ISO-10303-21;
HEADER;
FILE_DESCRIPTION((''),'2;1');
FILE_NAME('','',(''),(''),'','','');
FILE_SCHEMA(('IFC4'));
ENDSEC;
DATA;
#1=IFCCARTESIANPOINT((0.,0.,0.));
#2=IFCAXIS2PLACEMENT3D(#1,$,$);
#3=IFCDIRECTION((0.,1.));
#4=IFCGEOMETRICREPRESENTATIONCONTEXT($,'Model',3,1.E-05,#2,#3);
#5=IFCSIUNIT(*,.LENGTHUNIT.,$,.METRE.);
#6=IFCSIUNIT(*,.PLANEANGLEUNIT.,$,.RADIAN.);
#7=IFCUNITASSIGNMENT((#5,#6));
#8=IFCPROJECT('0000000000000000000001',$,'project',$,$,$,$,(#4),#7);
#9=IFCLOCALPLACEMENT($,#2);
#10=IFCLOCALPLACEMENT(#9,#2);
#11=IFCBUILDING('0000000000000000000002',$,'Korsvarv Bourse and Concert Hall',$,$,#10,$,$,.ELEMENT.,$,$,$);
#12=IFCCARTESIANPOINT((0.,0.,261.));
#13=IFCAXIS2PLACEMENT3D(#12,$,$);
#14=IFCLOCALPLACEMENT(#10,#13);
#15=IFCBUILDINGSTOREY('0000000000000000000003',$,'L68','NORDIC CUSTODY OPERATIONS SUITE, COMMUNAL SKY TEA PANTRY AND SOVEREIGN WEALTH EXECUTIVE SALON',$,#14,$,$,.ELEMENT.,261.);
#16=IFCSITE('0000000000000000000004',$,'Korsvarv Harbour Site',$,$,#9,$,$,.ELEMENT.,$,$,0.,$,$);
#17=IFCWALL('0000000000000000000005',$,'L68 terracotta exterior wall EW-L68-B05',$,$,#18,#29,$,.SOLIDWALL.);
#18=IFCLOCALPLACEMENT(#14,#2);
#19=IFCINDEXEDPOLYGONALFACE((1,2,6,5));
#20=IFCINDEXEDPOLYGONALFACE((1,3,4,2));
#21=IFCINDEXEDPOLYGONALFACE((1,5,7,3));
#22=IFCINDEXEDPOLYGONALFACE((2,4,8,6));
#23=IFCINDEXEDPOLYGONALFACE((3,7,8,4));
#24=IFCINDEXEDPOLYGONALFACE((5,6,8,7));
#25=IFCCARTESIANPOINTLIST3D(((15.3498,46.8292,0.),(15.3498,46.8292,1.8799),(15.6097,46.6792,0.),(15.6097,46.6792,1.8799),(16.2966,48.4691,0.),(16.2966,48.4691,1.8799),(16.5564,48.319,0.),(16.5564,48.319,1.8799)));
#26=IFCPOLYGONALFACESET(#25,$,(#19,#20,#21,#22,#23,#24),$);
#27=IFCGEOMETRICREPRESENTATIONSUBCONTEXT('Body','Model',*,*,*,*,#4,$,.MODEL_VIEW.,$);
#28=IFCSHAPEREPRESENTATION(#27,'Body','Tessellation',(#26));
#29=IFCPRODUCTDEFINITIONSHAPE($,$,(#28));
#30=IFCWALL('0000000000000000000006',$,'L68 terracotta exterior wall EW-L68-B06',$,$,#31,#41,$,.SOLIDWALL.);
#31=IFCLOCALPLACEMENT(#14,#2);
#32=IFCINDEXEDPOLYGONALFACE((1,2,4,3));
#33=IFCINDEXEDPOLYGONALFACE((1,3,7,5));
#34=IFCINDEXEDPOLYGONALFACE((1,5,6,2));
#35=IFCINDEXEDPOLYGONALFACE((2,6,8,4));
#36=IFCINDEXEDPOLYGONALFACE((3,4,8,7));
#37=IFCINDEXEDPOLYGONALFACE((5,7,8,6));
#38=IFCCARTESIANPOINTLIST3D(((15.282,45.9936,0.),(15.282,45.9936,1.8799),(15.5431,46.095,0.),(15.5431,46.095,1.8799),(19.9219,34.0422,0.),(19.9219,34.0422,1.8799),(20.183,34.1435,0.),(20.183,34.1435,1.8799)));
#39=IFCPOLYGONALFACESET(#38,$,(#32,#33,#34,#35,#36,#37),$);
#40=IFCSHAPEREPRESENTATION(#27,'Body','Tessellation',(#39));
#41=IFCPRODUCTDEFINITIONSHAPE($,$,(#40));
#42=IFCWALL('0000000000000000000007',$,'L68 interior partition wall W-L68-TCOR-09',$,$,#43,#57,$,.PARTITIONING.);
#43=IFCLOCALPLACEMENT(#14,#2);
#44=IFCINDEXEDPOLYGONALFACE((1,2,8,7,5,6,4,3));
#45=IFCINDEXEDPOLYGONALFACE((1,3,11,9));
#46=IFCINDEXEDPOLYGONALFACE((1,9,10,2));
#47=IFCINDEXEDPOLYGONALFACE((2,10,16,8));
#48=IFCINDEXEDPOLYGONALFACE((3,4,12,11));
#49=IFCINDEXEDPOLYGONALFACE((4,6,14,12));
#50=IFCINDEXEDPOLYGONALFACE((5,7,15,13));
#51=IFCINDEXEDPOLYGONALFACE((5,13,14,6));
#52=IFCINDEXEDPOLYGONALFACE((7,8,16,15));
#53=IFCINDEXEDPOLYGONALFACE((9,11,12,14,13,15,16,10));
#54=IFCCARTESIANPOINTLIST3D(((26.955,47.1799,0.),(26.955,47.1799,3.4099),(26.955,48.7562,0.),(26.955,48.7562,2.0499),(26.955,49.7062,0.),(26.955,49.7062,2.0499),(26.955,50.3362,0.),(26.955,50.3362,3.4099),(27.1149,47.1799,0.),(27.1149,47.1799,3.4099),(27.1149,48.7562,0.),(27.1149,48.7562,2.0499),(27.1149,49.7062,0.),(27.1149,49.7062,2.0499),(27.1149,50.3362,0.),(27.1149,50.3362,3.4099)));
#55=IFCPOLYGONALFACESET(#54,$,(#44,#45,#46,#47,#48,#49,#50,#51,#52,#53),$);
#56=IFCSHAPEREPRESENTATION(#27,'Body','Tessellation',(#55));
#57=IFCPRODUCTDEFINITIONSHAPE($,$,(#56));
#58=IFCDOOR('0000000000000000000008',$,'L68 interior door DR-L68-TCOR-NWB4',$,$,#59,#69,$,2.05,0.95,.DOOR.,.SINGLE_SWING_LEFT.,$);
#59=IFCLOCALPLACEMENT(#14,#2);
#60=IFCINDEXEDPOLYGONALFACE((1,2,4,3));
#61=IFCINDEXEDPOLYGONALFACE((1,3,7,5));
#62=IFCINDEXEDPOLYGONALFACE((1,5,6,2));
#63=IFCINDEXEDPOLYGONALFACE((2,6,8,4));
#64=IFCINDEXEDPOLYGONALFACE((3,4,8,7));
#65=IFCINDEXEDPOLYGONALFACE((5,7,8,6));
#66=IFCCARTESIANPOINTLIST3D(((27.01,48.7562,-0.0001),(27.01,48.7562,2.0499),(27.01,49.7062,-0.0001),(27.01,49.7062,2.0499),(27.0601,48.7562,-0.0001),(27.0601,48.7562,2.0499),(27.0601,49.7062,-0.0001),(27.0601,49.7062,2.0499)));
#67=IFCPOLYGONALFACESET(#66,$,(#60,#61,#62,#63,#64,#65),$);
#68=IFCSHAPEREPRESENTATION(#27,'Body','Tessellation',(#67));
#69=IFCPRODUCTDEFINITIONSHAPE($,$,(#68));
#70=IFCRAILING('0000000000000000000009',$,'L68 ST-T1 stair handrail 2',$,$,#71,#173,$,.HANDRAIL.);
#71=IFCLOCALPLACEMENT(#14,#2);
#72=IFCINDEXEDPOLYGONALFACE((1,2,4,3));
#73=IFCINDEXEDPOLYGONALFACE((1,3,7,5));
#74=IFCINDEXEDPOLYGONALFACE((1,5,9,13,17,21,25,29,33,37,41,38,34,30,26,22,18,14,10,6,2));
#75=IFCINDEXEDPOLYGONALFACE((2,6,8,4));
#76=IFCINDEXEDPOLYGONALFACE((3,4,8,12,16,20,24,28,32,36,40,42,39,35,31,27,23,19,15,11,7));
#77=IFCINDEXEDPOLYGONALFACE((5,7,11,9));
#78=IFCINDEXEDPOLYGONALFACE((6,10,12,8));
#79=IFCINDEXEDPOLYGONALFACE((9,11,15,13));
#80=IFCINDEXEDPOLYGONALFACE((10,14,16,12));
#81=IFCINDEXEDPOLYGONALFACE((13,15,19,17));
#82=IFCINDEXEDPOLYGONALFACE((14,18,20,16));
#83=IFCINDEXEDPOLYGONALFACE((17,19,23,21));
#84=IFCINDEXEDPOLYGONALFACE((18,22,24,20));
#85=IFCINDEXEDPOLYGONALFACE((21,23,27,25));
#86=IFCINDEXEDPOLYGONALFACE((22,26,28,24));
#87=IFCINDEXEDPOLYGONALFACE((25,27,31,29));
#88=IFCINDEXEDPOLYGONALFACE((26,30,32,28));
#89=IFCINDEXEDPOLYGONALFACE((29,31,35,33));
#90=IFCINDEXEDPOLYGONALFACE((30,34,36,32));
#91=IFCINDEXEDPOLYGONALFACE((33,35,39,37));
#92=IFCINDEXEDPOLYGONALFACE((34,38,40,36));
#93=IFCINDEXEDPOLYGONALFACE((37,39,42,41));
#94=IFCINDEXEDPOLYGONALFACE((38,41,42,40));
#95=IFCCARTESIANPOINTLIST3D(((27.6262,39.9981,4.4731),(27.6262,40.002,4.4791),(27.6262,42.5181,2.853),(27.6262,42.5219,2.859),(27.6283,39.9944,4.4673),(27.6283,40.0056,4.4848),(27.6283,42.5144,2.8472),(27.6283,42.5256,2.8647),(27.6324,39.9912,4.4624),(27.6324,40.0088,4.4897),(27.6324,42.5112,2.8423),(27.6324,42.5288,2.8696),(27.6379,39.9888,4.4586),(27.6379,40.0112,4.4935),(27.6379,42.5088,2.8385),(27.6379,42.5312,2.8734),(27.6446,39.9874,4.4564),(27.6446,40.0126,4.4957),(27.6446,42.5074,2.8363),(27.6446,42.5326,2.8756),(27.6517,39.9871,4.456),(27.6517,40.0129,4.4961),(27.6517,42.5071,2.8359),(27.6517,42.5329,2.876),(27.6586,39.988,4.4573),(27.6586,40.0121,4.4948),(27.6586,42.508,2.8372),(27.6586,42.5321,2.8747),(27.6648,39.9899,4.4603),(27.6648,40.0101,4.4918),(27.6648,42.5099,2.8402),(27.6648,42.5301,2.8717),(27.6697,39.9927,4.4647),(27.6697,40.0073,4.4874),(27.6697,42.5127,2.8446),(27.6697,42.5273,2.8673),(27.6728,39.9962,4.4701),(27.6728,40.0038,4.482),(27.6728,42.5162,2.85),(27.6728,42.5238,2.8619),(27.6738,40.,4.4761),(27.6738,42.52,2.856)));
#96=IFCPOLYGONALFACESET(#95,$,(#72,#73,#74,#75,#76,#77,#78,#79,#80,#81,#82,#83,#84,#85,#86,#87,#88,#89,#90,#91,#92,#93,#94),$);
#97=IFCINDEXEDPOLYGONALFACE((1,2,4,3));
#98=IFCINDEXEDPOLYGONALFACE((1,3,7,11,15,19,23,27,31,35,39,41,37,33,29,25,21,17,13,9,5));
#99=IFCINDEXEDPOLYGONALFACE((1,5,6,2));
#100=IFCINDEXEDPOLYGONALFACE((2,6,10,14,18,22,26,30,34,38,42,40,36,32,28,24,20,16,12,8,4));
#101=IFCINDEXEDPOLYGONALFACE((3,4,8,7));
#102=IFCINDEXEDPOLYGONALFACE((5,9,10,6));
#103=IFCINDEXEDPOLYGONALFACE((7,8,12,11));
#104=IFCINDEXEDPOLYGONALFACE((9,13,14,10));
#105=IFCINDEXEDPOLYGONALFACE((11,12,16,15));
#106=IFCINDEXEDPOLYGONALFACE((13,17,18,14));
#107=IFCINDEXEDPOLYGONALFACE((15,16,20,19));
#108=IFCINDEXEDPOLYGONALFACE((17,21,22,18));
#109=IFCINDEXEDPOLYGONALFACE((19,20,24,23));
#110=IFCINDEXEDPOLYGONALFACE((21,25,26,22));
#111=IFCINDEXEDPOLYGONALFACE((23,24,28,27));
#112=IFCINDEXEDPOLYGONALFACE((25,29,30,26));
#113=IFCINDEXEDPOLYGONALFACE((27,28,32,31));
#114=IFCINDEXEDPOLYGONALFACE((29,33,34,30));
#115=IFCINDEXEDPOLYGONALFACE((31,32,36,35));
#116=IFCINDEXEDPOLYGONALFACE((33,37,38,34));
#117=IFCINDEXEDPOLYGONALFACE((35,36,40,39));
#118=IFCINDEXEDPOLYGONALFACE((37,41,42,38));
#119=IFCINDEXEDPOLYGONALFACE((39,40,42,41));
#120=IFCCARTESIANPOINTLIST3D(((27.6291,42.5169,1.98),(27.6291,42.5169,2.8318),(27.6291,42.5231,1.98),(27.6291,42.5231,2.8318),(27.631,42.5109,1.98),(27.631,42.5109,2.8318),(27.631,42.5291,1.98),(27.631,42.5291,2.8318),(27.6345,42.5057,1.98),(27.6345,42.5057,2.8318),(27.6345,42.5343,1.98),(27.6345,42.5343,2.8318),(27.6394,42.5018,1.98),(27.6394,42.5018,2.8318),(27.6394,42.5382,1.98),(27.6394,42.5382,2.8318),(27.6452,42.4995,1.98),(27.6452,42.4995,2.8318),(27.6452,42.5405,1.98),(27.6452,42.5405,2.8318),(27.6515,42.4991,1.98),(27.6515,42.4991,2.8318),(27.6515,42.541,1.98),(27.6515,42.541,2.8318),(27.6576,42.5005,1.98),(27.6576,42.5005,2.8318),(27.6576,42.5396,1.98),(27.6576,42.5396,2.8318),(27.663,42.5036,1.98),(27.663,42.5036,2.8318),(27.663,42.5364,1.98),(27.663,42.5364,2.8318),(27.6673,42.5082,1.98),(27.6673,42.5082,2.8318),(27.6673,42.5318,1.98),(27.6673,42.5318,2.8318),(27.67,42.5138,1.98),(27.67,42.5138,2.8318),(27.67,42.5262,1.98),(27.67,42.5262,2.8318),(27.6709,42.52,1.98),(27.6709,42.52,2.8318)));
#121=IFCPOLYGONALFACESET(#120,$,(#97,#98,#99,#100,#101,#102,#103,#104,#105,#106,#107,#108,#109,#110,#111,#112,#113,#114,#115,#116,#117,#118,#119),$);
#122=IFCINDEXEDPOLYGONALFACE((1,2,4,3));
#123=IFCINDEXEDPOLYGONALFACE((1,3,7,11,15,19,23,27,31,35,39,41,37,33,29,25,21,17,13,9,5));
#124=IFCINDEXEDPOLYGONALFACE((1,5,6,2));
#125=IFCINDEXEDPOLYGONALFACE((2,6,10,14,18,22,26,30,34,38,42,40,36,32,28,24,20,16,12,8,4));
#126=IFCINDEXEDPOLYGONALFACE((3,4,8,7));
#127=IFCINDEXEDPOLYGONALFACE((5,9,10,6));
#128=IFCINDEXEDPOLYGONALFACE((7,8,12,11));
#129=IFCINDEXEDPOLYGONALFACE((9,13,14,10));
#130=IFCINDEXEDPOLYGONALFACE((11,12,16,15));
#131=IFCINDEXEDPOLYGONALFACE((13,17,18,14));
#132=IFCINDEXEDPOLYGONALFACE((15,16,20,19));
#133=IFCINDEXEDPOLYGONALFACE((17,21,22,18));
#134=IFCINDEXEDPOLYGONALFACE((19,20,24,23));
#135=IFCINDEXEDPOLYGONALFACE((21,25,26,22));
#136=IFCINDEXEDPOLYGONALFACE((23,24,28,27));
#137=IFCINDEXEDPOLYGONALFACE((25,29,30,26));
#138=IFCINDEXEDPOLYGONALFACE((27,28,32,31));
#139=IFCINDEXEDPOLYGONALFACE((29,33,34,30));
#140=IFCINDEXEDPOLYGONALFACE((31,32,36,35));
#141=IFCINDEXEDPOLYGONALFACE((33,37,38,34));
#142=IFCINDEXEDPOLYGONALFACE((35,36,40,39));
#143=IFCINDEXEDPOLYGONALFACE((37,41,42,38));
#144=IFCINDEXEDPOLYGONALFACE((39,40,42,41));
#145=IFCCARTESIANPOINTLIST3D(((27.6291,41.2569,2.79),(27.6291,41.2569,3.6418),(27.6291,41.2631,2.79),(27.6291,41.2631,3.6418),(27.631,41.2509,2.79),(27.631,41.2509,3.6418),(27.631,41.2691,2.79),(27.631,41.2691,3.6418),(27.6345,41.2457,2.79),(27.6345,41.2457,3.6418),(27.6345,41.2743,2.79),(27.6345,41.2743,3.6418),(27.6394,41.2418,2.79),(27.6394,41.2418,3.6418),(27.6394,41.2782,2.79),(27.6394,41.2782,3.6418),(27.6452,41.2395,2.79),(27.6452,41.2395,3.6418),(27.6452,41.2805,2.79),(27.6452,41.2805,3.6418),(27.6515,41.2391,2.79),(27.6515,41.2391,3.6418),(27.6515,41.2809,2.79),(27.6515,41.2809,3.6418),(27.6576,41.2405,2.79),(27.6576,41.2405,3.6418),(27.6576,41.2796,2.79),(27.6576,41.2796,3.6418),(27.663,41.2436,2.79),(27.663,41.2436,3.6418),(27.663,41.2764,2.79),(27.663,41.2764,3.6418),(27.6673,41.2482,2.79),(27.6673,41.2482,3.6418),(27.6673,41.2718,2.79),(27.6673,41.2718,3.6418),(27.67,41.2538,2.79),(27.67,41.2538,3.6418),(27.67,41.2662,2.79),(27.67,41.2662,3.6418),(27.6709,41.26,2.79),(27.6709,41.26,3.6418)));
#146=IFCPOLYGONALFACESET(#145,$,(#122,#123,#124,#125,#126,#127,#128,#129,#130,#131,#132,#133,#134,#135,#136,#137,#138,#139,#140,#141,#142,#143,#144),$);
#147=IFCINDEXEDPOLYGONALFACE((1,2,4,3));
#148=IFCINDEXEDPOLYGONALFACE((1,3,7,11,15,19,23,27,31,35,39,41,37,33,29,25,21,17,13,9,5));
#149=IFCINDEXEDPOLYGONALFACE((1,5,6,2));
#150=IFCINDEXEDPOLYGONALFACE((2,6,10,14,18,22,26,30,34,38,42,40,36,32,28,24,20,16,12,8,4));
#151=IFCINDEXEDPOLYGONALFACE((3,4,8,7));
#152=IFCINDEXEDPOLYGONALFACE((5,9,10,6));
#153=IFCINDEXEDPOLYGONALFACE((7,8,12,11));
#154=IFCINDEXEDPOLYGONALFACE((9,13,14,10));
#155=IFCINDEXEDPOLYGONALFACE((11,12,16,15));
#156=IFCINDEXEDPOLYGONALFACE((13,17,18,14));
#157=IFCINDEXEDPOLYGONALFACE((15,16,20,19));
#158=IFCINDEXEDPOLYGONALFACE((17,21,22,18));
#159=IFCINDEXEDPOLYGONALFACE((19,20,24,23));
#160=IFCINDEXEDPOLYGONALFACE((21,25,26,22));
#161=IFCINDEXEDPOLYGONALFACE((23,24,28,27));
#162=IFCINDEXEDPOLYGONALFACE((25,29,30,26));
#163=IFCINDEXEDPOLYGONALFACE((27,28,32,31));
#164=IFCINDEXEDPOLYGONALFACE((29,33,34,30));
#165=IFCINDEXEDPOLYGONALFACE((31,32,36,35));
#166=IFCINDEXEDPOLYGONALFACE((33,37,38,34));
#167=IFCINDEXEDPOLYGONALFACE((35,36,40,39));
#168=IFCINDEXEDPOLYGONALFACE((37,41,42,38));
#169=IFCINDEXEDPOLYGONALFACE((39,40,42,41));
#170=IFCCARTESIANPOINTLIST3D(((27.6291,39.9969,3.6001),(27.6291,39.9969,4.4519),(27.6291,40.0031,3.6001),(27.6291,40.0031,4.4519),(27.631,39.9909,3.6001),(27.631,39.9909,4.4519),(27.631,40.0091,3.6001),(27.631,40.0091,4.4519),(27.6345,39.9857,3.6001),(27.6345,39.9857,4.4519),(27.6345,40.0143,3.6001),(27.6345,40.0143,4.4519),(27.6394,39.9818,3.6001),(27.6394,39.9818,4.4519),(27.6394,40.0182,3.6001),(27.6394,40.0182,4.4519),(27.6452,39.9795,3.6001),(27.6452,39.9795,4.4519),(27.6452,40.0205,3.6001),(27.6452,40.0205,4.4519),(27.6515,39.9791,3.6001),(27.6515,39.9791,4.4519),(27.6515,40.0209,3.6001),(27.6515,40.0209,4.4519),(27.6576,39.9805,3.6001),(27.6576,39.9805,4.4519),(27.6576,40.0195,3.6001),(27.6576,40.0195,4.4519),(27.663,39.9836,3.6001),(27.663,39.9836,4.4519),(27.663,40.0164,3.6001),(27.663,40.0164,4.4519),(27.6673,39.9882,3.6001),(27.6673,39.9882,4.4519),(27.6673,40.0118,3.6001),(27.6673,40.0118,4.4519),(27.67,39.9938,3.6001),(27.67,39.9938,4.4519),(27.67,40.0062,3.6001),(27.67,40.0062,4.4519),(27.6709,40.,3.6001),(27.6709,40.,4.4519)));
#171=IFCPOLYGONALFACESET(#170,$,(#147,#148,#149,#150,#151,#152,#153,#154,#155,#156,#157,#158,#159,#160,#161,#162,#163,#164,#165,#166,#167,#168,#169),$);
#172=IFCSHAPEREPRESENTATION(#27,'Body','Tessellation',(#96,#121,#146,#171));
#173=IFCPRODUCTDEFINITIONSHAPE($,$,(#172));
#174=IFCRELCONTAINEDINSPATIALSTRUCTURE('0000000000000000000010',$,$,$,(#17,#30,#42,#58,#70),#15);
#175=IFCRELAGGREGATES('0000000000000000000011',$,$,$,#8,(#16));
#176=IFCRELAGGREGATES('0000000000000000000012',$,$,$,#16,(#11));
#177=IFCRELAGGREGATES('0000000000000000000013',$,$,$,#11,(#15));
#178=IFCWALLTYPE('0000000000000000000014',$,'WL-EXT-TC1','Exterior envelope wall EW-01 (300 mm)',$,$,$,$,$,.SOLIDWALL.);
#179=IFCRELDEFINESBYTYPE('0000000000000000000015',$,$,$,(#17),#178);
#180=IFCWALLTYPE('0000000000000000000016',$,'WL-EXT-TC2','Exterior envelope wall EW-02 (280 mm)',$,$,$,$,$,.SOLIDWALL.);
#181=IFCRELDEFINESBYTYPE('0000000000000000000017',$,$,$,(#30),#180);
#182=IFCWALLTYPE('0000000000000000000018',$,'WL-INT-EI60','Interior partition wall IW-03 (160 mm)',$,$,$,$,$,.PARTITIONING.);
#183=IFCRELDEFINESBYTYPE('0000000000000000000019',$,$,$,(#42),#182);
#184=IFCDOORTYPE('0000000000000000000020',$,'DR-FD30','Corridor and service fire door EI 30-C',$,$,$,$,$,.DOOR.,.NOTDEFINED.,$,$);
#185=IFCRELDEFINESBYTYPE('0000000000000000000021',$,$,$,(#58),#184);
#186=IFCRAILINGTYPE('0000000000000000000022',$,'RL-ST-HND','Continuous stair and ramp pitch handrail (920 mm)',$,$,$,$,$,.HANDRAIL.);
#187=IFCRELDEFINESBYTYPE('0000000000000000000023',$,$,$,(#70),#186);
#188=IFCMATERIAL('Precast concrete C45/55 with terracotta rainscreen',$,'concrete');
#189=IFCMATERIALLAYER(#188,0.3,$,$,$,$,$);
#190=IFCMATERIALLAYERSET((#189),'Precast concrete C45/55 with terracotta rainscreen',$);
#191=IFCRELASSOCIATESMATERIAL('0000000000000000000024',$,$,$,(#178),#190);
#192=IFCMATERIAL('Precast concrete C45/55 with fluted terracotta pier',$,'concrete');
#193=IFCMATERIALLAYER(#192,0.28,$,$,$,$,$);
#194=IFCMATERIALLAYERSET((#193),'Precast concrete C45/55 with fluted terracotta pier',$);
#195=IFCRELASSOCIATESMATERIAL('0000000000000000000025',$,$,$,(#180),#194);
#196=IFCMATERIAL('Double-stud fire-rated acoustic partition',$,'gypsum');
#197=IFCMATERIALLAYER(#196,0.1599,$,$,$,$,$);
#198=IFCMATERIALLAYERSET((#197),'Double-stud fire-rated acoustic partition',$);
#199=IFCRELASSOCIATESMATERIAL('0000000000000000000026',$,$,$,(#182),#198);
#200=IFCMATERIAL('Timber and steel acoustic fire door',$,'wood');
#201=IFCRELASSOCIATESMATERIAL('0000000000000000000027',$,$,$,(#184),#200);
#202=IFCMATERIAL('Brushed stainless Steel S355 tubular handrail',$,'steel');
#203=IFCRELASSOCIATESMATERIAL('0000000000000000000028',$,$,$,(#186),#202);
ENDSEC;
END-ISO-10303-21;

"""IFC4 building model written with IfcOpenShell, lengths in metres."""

from ifc_helpers import new_model, si_unit, direction, frame, frame_2d, origin, origin_2d, place, context, subcontext, project, spatial, rectangle, circle, extrude, material, layer, layer_set, type_object, element, fill, save


model = new_model("IFC4")

# Units and contexts
model_context = context("Model", 3, precision=1e-05, world=origin(), true_north=direction((0.0, 1.0)))
body_context = subcontext(model_context, "Body", "Model", "MODEL_VIEW")
ifc_project = project(units=[si_unit("LENGTHUNIT", "METRE"), si_unit("PLANEANGLEUNIT", "RADIAN")], contexts=[model_context])

# Site, building, storey
site_placement = place(None, origin())
site = spatial("IfcSite", under=ifc_project, at=site_placement, Name="Korsvarv Harbour Site", CompositionType="ELEMENT", RefElevation=0.0)
building_placement = place(site_placement, origin())
building = spatial("IfcBuilding", under=site, at=building_placement, Name="Korsvarv Bourse and Concert Hall", CompositionType="ELEMENT")
storey_placement = place(building_placement, frame((0.0, 0.0, 261.0)))
storey = spatial("IfcBuildingStorey", under=building, at=storey_placement, Name="L68", Description="NORDIC CUSTODY OPERATIONS SUITE, COMMUNAL SKY TEA PANTRY AND SOVEREIGN WEALTH EXECUTIVE SALON", CompositionType="ELEMENT", Elevation=261.0)

# Walls
ifc_material_1 = material(Name="Precast concrete C45/55 with terracotta rainscreen", Category="concrete")
ifc_layer_1 = layer(ifc_material_1, 0.3)
ifc_layer_set_1 = layer_set([ifc_layer_1], Name="Precast concrete C45/55 with terracotta rainscreen")
wall_type_1 = type_object("IfcWallType", Name="WL-EXT-TC1", Description="Exterior envelope wall EW-01 (300 mm)", PredefinedType="SOLIDWALL", material=ifc_layer_set_1)
wall_1_placement = place(storey_placement, frame((16.4265, 48.394, 0.0), z_axis=(0.0, 0.0, 1.0), x_axis=(-0.499994, -0.866029, 0.0)))
element("IfcWall", 1, at=wall_1_placement, inside=storey, type_object=wall_type_1, Name="L68 terracotta exterior wall EW-L68-B05", PredefinedType="SOLIDWALL", context=body_context, shape_type="SweptSolid", body=[
    extrude(rectangle(XDim=1.8936, YDim=0.3, at=frame_2d((0.9468, 0.0))), origin(), (0.0, 0.0, 1.0), 1.8799),
])
ifc_material_2 = material(Name="Precast concrete C45/55 with fluted terracotta pier", Category="concrete")
ifc_layer_2 = layer(ifc_material_2, 0.28)
ifc_layer_set_2 = layer_set([ifc_layer_2], Name="Precast concrete C45/55 with fluted terracotta pier")
wall_type_2 = type_object("IfcWallType", Name="WL-EXT-TC2", Description="Exterior envelope wall EW-02 (280 mm)", PredefinedType="SOLIDWALL", material=ifc_layer_set_2)
wall_2_placement = place(storey_placement, frame((15.4126, 46.0442, 0.0), z_axis=(0.0, 0.0, 1.0), x_axis=(0.361912, -0.932212, 0.0)))
element("IfcWall", 2, at=wall_2_placement, inside=storey, type_object=wall_type_2, Name="L68 terracotta exterior wall EW-L68-B06", PredefinedType="SOLIDWALL", context=body_context, shape_type="SweptSolid", body=[
    extrude(rectangle(XDim=12.8206, YDim=0.28, at=frame_2d((6.4102, 0.0))), origin(), (0.0, 0.0, 1.0), 1.8799),
])

# Wall, opening, door
ifc_material_3 = material(Name="Double-stud fire-rated acoustic partition", Category="gypsum")
ifc_layer_3 = layer(ifc_material_3, 0.1599)
ifc_layer_set_3 = layer_set([ifc_layer_3], Name="Double-stud fire-rated acoustic partition")
wall_type_3 = type_object("IfcWallType", Name="WL-INT-EI60", Description="Interior partition wall IW-03 (160 mm)", PredefinedType="PARTITIONING", material=ifc_layer_set_3)
wall_3_placement = place(storey_placement, frame((27.0349, 47.1799, 0.0), z_axis=(0.0, 0.0, 1.0), x_axis=(0.0, 1.0, 0.0)))
wall_3 = element("IfcWall", 3, at=wall_3_placement, inside=storey, type_object=wall_type_3, Name="L68 interior partition wall W-L68-TCOR-09", PredefinedType="PARTITIONING", context=body_context, shape_type="SweptSolid", body=[
    extrude(rectangle(XDim=3.1562, YDim=0.1599, at=frame_2d((1.5781, 0.0))), origin(), (0.0, 0.0, 1.0), 3.4099),
])
opening_placement = place(wall_3_placement, frame((1.5762, 0.0, 0.0)))
opening = element("IfcOpeningElement", 4, at=opening_placement, cuts=wall_3, PredefinedType="OPENING", context=body_context, shape_type="SweptSolid", body=[
    extrude(rectangle(XDim=0.95, YDim=2.05, at=frame_2d((0.4751, 1.0249))), frame((0.0, 0.0898, 0.0), z_axis=(0.0, -1.0, 0.0), x_axis=(1.0, 0.0, 0.0)), (0.0, 0.0, 1.0), 0.1799),
])
ifc_material_4 = material(Name="Timber and steel acoustic fire door", Category="wood")
door_type = type_object("IfcDoorType", Name="DR-FD30", Description="Corridor and service fire door EI 30-C", OperationType="NOTDEFINED", PredefinedType="DOOR", material=ifc_material_4)
door_placement = place(opening_placement, origin())
door = element("IfcDoor", 5, at=door_placement, inside=storey, type_object=door_type, Name="L68 interior door DR-L68-TCOR-NWB4", OperationType="SINGLE_SWING_LEFT", OverallHeight=2.05, OverallWidth=0.95, PredefinedType="DOOR", context=body_context, shape_type="SweptSolid", body=[
    extrude(rectangle(XDim=0.95, YDim=2.05, at=frame_2d((0.4751, 1.0249))), frame((0.0, 0.0249, 0.0), z_axis=(0.0, -1.0, 0.0), x_axis=(1.0, 0.0, 0.0)), (0.0, 0.0, 1.0), 0.05),
])
fill(opening, door)

# Railing
ifc_material_5 = material(Name="Brushed stainless Steel S355 tubular handrail", Category="steel")
railing_type = type_object("IfcRailingType", Name="RL-ST-HND", Description="Continuous stair and ramp pitch handrail (920 mm)", PredefinedType="HANDRAIL", material=ifc_material_5)
railing_placement = place(storey_placement, frame((27.6499, 42.52, 1.98)))
element("IfcRailing", 6, at=railing_placement, inside=storey, type_object=railing_type, Name="L68 ST-T1 stair handrail 2", PredefinedType="HANDRAIL", context=body_context, shape_type="SweptSolid", body=[
    extrude(circle(Radius=0.0239, at=origin_2d()), frame((0.0, 0.0, 0.876), z_axis=(0.0, -0.841163, 0.540782), x_axis=(1.0, 0.0, 0.0)), (0.0, 0.0, 1.0), 2.9958),
    extrude(circle(Radius=0.021, at=origin_2d()), origin(), (0.0, 0.0, 1.0), 0.8518),
    extrude(circle(Radius=0.021, at=origin_2d()), frame((0.0, -1.26, 0.8101)), (0.0, 0.0, 1.0), 0.8518),
    extrude(circle(Radius=0.021, at=origin_2d()), frame((0.0, -2.52, 1.6201)), (0.0, 0.0, 1.0), 0.8518),
])

save(model, "model.ifc")
